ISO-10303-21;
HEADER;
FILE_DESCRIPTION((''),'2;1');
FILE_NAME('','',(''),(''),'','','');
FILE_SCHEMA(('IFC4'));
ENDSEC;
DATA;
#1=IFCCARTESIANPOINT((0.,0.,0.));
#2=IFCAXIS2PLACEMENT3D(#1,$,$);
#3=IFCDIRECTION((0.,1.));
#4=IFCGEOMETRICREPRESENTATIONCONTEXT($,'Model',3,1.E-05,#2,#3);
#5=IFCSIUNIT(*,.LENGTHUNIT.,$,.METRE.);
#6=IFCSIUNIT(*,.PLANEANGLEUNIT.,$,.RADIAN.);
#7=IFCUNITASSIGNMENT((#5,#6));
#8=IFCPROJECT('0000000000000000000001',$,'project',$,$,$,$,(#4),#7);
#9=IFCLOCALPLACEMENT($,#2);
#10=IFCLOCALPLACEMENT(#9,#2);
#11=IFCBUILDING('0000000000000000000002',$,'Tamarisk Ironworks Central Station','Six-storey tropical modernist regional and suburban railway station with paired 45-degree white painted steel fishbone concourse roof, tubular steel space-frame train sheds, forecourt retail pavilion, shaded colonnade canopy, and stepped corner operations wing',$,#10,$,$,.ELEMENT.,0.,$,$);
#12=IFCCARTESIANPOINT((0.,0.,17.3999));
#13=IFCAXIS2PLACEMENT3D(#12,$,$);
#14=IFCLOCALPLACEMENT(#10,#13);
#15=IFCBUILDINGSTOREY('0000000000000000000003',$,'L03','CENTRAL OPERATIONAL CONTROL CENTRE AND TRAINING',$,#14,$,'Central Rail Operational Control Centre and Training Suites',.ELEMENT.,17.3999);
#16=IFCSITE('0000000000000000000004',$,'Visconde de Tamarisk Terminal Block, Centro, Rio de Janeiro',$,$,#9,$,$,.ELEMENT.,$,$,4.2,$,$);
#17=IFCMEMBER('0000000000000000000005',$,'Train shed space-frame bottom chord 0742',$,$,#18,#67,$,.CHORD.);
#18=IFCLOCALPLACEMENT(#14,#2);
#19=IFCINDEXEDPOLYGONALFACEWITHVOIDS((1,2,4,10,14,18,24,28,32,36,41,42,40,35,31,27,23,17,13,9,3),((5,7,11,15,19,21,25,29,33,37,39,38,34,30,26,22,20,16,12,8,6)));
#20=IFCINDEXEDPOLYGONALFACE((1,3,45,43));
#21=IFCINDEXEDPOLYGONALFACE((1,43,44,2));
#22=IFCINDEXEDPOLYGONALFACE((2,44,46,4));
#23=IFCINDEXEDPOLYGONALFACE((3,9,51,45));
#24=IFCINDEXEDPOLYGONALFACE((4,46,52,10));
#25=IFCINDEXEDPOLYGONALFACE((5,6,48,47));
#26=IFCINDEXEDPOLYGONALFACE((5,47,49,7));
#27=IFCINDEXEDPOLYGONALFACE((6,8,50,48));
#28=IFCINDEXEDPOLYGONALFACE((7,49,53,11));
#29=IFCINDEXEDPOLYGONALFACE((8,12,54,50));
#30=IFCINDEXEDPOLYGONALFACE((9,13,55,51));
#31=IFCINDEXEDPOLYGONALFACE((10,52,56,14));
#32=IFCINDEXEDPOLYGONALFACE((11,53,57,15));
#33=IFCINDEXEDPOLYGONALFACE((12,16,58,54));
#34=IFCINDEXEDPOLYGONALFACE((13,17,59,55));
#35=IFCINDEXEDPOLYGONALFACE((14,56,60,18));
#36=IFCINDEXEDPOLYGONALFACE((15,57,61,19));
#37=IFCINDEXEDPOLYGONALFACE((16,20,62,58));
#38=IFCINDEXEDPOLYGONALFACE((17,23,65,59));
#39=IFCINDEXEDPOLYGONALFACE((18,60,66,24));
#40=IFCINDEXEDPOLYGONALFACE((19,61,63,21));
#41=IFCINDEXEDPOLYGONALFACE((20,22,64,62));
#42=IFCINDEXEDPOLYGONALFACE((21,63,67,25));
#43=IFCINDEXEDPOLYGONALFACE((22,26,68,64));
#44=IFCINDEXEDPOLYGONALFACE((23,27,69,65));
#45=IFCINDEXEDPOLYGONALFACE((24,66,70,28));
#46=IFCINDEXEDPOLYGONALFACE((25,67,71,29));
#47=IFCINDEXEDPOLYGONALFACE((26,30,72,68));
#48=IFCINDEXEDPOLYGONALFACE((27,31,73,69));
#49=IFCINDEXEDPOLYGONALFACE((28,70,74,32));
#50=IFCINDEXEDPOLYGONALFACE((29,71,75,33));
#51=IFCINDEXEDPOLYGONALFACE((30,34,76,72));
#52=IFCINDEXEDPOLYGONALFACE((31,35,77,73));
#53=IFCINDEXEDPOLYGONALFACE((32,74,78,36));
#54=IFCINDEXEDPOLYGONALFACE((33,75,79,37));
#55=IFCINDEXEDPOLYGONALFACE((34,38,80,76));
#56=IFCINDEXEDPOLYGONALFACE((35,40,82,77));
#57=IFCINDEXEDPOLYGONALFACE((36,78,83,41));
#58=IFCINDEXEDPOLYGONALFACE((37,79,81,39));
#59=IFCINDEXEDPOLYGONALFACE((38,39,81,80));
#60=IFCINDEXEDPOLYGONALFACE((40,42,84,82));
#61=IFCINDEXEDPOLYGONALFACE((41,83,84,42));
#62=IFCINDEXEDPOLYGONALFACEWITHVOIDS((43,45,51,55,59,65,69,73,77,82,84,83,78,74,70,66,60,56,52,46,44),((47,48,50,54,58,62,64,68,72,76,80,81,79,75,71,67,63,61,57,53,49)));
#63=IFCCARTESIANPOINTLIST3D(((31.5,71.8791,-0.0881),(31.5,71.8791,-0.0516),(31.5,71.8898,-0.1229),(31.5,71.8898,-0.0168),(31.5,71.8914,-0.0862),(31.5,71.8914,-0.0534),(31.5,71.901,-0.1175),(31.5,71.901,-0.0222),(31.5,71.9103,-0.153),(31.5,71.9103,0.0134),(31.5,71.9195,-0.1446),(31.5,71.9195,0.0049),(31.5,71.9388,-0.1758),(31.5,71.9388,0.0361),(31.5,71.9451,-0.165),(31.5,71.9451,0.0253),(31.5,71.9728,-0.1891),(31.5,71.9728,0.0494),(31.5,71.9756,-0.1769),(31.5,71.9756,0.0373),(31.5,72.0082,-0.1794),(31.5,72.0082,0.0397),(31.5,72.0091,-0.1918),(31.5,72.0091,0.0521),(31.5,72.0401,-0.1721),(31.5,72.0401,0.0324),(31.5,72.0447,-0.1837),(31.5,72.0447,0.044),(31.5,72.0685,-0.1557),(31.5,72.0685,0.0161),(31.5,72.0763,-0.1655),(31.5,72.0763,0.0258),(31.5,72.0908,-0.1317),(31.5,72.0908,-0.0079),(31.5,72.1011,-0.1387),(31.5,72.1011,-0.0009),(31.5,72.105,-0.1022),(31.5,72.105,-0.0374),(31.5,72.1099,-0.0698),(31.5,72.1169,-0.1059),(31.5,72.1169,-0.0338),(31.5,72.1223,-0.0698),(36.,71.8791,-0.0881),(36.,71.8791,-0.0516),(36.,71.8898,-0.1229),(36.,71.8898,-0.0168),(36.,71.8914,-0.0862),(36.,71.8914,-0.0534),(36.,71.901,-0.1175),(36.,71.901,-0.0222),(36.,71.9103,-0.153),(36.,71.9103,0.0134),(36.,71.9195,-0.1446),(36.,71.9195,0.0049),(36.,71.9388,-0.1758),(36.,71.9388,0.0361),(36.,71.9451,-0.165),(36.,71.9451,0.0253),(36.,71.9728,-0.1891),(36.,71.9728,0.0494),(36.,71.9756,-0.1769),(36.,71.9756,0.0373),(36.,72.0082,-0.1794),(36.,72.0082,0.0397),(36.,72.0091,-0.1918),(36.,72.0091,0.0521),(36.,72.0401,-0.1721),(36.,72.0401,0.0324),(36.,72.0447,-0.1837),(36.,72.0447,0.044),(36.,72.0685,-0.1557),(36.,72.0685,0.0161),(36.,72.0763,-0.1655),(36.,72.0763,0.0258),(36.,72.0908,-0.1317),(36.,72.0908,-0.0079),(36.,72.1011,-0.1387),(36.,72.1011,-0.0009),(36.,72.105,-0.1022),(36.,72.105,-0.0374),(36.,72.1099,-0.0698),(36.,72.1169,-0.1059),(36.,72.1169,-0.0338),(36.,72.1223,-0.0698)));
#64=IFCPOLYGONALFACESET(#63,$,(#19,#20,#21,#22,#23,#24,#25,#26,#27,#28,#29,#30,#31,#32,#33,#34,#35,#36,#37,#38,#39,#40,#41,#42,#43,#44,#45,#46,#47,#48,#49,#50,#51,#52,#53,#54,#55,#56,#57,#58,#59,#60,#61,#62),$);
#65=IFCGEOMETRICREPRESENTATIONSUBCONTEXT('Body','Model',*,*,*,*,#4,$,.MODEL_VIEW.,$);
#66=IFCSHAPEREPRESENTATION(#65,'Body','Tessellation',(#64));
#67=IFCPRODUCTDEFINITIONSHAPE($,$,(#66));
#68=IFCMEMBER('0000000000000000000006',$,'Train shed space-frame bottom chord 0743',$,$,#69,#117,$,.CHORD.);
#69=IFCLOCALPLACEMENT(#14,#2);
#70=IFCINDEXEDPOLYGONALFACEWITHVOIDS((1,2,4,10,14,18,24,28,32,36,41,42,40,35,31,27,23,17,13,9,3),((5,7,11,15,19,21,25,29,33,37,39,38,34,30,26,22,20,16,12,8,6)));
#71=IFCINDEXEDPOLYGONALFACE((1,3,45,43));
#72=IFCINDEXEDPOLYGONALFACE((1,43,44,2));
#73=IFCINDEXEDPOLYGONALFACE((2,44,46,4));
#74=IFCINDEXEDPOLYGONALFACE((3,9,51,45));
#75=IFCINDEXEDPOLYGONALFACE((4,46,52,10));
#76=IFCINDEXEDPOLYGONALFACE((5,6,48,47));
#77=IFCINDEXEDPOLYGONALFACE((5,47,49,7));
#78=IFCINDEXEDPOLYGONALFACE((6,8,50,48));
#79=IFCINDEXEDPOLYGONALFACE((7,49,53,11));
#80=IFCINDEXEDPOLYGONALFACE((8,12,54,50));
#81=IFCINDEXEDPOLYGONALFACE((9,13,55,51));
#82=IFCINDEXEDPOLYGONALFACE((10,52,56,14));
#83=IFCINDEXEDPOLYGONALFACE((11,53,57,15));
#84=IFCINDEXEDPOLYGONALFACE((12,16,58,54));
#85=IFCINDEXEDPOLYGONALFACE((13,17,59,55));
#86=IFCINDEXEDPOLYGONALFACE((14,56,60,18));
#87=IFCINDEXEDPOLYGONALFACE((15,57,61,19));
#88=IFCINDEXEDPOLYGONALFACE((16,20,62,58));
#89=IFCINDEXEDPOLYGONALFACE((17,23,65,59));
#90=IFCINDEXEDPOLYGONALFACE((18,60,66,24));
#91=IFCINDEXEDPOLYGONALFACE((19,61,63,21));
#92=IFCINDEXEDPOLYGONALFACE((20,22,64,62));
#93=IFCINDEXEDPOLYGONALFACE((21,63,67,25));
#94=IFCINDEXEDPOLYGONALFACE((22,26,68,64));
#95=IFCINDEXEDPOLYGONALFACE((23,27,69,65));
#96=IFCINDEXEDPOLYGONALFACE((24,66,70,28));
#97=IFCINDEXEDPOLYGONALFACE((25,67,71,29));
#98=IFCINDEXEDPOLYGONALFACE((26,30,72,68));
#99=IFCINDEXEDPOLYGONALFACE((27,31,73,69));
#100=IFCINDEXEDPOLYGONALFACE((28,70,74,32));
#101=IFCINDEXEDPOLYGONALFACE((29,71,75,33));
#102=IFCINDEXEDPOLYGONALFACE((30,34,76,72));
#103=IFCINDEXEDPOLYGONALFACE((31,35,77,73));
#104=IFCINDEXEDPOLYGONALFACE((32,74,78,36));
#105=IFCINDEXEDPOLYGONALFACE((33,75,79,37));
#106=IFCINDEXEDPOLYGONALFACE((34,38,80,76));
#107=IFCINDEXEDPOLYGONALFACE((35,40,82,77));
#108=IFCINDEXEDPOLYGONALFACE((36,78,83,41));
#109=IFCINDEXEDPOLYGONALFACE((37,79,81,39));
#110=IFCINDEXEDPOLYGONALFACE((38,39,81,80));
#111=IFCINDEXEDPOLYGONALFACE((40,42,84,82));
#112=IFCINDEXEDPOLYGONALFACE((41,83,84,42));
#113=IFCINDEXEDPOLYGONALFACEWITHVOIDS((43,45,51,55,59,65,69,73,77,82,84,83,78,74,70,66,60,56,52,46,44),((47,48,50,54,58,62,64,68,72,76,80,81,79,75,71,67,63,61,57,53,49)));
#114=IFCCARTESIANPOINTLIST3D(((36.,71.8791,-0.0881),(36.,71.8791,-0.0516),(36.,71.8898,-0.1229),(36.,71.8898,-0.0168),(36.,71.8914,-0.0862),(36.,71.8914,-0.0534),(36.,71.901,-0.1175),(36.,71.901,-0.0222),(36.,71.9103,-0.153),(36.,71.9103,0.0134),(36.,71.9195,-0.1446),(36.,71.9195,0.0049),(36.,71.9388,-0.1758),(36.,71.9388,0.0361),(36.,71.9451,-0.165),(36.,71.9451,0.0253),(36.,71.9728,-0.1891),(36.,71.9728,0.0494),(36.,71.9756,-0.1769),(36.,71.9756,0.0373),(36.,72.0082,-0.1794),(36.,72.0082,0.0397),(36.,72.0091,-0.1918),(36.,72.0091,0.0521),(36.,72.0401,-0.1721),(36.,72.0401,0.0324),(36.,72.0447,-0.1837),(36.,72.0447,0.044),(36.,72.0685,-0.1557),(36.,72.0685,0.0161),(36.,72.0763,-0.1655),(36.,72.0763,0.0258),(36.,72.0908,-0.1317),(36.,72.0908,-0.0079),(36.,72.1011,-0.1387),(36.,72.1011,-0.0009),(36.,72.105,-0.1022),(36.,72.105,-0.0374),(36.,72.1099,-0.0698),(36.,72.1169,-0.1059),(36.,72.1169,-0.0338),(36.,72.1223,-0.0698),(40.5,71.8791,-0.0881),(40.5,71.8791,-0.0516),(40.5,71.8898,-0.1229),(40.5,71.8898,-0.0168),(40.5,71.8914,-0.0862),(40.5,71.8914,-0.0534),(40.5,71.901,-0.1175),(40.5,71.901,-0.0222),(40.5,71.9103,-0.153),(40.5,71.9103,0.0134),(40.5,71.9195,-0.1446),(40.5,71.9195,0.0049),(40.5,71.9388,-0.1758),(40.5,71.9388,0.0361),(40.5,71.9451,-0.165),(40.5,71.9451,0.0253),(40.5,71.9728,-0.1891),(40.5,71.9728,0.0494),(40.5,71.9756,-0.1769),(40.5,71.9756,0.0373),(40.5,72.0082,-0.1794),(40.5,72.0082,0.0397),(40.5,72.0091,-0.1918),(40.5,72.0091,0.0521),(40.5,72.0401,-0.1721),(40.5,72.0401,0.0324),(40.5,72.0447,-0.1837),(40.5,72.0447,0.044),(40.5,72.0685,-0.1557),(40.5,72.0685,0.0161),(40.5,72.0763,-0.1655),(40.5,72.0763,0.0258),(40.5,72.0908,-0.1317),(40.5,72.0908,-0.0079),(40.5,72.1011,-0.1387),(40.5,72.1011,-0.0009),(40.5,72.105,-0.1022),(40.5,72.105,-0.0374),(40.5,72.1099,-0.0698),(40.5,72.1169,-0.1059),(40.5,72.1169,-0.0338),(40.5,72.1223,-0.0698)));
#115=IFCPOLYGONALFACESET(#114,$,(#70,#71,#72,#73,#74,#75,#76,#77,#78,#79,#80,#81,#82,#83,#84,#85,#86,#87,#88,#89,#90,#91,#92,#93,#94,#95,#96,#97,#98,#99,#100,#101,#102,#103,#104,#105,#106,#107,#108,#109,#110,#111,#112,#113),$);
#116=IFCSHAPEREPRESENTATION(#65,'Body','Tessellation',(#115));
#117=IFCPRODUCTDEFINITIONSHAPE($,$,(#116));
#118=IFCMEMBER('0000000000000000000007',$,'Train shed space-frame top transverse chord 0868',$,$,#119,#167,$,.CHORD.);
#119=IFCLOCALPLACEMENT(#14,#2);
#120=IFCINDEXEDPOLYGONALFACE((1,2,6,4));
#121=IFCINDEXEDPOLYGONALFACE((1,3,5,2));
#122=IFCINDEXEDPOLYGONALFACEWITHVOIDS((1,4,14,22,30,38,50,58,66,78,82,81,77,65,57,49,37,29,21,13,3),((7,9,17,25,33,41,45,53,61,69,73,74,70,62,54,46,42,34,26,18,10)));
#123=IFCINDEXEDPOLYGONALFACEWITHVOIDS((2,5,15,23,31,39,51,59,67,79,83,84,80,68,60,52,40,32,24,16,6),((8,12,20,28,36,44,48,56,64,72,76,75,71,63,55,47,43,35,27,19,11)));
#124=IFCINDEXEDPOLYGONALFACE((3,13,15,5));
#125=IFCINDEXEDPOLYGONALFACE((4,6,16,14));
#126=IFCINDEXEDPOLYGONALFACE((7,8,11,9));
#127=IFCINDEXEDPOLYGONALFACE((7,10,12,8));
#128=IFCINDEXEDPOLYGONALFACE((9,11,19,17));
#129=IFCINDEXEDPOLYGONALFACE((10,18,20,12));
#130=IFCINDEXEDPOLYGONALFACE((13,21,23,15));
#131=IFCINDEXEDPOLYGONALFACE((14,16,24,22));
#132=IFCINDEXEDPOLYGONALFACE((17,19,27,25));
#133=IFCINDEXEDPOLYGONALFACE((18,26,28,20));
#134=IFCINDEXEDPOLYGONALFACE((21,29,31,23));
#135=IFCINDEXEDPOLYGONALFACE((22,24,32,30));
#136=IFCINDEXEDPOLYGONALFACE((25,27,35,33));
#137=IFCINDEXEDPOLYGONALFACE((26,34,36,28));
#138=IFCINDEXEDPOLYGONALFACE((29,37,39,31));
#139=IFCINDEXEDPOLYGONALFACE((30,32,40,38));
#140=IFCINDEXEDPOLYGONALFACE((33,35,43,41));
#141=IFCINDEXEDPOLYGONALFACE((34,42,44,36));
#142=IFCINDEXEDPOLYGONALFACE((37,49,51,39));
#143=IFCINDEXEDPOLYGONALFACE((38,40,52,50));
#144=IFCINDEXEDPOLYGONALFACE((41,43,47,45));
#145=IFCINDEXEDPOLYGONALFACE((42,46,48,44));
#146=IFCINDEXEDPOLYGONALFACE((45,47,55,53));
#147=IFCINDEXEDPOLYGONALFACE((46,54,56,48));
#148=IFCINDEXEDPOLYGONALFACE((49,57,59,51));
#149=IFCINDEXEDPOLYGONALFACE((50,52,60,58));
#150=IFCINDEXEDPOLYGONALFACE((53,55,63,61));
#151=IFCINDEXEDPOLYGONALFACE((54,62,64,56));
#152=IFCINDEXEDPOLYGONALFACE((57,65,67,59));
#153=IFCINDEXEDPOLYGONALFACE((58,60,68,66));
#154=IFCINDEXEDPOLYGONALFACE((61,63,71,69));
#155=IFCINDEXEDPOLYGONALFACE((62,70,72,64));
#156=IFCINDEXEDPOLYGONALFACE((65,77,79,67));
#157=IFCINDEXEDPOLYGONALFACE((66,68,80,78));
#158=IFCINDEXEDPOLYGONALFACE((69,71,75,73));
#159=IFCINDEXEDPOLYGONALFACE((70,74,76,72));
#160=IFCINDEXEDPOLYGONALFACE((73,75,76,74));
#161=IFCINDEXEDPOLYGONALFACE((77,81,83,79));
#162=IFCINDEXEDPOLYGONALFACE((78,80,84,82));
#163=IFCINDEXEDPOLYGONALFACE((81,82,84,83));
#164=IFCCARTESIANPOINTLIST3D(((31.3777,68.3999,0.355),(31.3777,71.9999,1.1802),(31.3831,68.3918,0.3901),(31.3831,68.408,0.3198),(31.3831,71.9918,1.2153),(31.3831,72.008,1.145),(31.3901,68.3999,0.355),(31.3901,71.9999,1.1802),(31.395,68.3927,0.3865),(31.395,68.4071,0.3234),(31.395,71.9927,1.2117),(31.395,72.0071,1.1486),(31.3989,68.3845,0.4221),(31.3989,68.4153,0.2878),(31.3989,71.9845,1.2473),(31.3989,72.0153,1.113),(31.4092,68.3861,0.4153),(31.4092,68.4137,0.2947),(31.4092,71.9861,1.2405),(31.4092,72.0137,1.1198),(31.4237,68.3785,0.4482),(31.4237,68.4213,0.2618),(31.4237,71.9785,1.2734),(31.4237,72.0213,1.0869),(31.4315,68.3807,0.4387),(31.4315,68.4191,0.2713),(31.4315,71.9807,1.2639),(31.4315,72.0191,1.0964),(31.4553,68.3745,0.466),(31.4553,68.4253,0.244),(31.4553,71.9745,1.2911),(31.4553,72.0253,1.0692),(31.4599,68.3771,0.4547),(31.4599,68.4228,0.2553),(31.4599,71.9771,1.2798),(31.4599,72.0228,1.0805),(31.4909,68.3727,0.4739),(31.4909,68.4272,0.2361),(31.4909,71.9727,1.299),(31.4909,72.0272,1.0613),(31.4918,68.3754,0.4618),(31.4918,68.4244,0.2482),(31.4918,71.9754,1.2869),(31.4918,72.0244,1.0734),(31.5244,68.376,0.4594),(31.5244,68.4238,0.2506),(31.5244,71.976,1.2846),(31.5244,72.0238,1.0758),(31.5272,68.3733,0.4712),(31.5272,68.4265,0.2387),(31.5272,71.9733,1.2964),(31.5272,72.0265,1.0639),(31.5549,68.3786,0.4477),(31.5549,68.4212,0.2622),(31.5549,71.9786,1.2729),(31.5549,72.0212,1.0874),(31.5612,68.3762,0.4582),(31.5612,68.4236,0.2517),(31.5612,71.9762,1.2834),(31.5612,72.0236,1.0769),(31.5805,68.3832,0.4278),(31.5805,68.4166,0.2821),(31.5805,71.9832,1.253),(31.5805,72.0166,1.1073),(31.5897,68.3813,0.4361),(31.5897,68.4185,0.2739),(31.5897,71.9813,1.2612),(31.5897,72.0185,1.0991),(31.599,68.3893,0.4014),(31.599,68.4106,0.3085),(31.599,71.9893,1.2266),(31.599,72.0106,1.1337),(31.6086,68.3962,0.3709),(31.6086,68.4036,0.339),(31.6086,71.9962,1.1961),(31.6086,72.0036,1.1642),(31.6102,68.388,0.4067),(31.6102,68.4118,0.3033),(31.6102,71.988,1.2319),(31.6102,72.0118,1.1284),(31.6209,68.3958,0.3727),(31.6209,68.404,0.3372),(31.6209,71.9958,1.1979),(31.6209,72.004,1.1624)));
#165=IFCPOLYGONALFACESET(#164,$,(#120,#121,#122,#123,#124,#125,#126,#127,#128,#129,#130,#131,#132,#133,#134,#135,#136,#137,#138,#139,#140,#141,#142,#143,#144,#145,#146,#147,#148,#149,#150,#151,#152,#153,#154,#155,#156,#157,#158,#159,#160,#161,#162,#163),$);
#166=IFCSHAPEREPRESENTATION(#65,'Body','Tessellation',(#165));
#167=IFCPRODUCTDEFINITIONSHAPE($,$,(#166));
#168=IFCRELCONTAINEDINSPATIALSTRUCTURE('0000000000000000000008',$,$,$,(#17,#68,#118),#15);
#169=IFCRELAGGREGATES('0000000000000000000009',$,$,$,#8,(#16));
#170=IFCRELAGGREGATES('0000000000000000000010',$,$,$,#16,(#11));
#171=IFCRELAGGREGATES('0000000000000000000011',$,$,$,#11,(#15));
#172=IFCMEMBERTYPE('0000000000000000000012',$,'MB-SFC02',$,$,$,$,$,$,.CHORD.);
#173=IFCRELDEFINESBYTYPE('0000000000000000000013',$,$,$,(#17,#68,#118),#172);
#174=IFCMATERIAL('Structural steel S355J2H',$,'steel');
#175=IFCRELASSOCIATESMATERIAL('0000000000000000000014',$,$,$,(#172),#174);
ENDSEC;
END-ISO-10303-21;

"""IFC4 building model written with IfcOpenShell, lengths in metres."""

from ifc_helpers import new_model, si_unit, direction, frame, origin, origin_2d, place, context, subcontext, project, spatial, hollow_circle, extrude, material, material_profile, profile_set, type_object, element, save


model = new_model("IFC4")

# Units and contexts
model_context = context("Model", 3, precision=1e-05, world=origin(), true_north=direction((0.0, 1.0)))
body_context = subcontext(model_context, "Body", "Model", "MODEL_VIEW")
ifc_project = project(units=[si_unit("LENGTHUNIT", "METRE"), si_unit("PLANEANGLEUNIT", "RADIAN")], contexts=[model_context])

# Site, building, storey
site_placement = place(None, origin())
site = spatial("IfcSite", under=ifc_project, at=site_placement, Name="Visconde de Tamarisk Terminal Block, Centro, Rio de Janeiro", CompositionType="ELEMENT", RefElevation=4.2)
building_placement = place(site_placement, origin())
building = spatial("IfcBuilding", under=site, at=building_placement, Name="Tamarisk Ironworks Central Station", Description="Six-storey tropical modernist regional and suburban railway station with paired 45-degree white painted steel fishbone concourse roof, tubular steel space-frame train sheds, forecourt retail pavilion, shaded colonnade canopy, and stepped corner operations wing", CompositionType="ELEMENT", ElevationOfRefHeight=0.0)
storey_placement = place(building_placement, frame((0.0, 0.0, 17.3999)))
storey = spatial("IfcBuildingStorey", under=building, at=storey_placement, Name="L03", Description="CENTRAL OPERATIONAL CONTROL CENTRE AND TRAINING", LongName="Central Rail Operational Control Centre and Training Suites", CompositionType="ELEMENT", Elevation=17.3999)

# Members
ifc_material = material(Name="Structural steel S355J2H", Category="steel")
ifc_material_profile_1 = material_profile(ifc_material, hollow_circle(Radius=0.1223, WallThickness=0.0125, at=origin_2d()), Name="CHS 244.5x12.5")
ifc_profile_set_1 = profile_set([ifc_material_profile_1], Name="Structural steel S355J2H")
member_type_1 = type_object("IfcMemberType", Name="MB-SFC02", PredefinedType="CHORD", material=ifc_profile_set_1)
for number, where, z_axis, x_axis, name in (
    (1, (31.5, 72.0, -0.0698), (1.0, 0.0, 0.0), (0.0, 1.0, 0.0), "Train shed space-frame bottom chord 0742"),
    (2, (36.0, 72.0, -0.0698), (1.0, 0.0, 0.0), (0.0, 1.0, 0.0), "Train shed space-frame bottom chord 0743"),
):
    element("IfcMember", number, at=place(storey_placement, frame(where, z_axis=z_axis, x_axis=x_axis)), inside=storey, type_object=member_type_1, Name=name, PredefinedType="CHORD", context=body_context, shape_type="SweptSolid", body=[
        extrude(hollow_circle(Radius=0.1223, WallThickness=0.0125, at=origin_2d()), origin(), (0.0, 0.0, 1.0), 4.5),
    ])
for number, where, z_axis, x_axis, name in (
    (3, (31.5, 68.3999, 0.355), (0.0, 0.974722, 0.223421), (-1.0, 0.0, 0.0), "Train shed space-frame top transverse chord 0868"),
):
    element("IfcMember", number, at=place(storey_placement, frame(where, z_axis=z_axis, x_axis=x_axis)), inside=storey, type_object=member_type_1, Name=name, PredefinedType="CHORD", context=body_context, shape_type="SweptSolid", body=[
        extrude(hollow_circle(Radius=0.1223, WallThickness=0.0125, at=origin_2d()), origin(), (0.0, 0.0, 1.0), 3.6934),
    ])

save(model, "model.ifc")
